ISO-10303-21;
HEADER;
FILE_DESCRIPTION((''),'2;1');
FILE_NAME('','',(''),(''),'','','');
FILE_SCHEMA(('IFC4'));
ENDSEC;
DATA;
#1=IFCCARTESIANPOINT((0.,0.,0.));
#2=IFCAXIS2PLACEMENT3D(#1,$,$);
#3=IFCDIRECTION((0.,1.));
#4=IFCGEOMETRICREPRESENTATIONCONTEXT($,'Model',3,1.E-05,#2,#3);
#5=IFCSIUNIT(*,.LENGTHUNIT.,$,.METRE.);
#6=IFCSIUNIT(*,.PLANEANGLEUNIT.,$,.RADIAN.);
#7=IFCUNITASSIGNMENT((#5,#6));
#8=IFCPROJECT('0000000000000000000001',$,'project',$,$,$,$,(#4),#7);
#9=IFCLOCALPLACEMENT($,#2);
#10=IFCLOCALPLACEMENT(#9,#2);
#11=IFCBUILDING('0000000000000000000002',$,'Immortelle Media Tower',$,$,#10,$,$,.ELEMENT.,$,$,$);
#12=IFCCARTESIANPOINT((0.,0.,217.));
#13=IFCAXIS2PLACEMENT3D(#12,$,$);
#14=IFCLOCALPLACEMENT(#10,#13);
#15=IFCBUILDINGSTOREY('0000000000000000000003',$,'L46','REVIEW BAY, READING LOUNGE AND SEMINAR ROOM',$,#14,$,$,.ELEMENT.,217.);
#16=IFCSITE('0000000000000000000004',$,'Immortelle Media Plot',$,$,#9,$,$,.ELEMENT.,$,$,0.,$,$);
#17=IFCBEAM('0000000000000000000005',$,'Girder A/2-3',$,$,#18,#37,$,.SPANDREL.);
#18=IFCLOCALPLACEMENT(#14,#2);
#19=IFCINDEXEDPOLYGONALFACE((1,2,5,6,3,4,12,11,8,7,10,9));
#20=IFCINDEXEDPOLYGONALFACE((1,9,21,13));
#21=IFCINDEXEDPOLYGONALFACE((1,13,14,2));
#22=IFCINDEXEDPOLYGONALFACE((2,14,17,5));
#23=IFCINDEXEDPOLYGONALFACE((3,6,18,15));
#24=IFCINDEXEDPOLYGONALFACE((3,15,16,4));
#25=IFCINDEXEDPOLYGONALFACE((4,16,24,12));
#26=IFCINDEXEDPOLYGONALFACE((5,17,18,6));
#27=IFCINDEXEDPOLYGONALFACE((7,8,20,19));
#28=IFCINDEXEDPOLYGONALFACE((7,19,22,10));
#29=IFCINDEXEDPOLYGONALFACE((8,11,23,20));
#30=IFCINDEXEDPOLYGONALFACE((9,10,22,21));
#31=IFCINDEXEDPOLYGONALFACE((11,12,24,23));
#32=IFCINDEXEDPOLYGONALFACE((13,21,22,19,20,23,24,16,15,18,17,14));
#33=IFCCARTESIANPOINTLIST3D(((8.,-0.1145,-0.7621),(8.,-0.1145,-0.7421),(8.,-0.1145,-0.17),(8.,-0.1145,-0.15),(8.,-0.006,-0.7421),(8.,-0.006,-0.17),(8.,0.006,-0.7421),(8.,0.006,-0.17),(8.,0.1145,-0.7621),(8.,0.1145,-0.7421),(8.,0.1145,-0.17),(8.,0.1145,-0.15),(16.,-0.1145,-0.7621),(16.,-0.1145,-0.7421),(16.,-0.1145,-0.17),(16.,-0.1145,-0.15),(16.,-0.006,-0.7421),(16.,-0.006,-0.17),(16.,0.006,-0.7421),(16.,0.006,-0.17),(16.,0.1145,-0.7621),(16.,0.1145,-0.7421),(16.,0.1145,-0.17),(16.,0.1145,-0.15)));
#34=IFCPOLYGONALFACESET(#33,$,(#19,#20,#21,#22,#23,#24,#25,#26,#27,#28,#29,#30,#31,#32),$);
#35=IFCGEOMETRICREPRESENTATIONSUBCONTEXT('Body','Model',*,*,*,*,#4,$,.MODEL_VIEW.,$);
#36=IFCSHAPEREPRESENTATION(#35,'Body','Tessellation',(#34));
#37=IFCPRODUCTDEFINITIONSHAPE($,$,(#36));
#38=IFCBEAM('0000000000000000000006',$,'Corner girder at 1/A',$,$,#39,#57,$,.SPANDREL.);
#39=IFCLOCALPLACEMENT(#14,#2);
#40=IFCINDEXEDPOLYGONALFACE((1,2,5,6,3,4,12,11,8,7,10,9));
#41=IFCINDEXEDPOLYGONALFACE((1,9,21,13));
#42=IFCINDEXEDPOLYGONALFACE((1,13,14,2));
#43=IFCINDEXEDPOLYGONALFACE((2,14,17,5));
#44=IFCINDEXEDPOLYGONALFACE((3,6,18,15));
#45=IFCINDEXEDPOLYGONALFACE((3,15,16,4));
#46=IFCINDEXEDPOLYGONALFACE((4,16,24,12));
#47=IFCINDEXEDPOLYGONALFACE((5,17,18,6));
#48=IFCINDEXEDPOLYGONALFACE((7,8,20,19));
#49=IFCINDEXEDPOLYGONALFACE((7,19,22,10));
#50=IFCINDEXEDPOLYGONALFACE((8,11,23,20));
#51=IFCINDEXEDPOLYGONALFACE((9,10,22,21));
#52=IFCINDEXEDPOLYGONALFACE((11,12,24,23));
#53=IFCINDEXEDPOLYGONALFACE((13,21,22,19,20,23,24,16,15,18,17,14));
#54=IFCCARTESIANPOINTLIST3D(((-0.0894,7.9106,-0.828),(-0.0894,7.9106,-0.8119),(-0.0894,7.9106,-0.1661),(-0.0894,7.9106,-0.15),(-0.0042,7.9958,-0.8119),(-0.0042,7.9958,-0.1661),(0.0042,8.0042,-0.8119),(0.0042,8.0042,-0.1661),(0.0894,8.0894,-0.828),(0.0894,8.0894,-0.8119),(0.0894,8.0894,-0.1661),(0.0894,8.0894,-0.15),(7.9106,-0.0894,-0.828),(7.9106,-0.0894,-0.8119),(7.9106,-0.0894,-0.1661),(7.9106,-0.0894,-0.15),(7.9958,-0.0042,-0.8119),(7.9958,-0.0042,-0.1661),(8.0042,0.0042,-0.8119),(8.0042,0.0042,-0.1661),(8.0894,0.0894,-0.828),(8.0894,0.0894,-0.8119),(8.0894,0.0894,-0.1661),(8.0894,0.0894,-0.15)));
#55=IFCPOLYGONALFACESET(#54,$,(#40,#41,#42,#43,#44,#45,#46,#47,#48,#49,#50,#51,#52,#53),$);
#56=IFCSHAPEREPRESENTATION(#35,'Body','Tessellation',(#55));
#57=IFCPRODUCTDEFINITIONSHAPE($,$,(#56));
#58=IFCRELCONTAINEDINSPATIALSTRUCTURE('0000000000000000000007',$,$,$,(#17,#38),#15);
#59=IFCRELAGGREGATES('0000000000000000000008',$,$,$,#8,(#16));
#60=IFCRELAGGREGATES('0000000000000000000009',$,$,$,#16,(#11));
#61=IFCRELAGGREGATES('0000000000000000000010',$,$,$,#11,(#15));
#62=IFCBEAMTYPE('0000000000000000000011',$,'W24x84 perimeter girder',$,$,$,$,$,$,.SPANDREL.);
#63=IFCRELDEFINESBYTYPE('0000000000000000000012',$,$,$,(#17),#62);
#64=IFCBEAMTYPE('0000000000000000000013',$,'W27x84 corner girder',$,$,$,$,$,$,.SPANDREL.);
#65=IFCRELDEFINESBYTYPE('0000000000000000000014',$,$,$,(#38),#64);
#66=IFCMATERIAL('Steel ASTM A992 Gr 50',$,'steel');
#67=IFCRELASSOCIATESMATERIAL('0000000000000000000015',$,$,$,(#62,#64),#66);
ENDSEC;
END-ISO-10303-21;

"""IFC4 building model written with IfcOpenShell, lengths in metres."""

from ifc_helpers import new_model, si_unit, direction, frame, origin, origin_2d, place, context, subcontext, project, spatial, i_section, extrude, material, material_profile, profile_set, type_object, element, save


model = new_model("IFC4")

# Units and contexts
model_context = context("Model", 3, precision=1e-05, world=origin(), true_north=direction((0.0, 1.0)))
body_context = subcontext(model_context, "Body", "Model", "MODEL_VIEW")
ifc_project = project(units=[si_unit("LENGTHUNIT", "METRE"), si_unit("PLANEANGLEUNIT", "RADIAN")], contexts=[model_context])

# Site, building, storey
site_placement = place(None, origin())
site = spatial("IfcSite", under=ifc_project, at=site_placement, Name="Immortelle Media Plot", CompositionType="ELEMENT", RefElevation=0.0)
building_placement = place(site_placement, origin())
building = spatial("IfcBuilding", under=site, at=building_placement, Name="Immortelle Media Tower", CompositionType="ELEMENT")
storey_placement = place(building_placement, frame((0.0, 0.0, 217.0)))
storey = spatial("IfcBuildingStorey", under=building, at=storey_placement, Name="L46", Description="REVIEW BAY, READING LOUNGE AND SEMINAR ROOM", CompositionType="ELEMENT", Elevation=217.0)

# Shared definitions
ifc_material_1 = material(Name="Steel ASTM A992 Gr 50", Category="steel")

# Beams
ifc_material_profile_1 = material_profile(ifc_material_1, i_section(OverallWidth=0.229, OverallDepth=0.6121, WebThickness=0.012, FlangeThickness=0.02, at=origin_2d()), Name="W24x84")
ifc_profile_set_1 = profile_set([ifc_material_profile_1], Name="Steel ASTM A992 Gr 50")
beam_type_1 = type_object("IfcBeamType", Name="W24x84 perimeter girder", PredefinedType="SPANDREL", material=ifc_profile_set_1)
beam_1_placement = place(storey_placement, frame((8.0, 0.0, -0.4561), z_axis=(1.0, 0.0, 0.0), x_axis=(0.0, 1.0, 0.0)))
element("IfcBeam", 1, at=beam_1_placement, inside=storey, type_object=beam_type_1, Name="Girder A/2-3", PredefinedType="SPANDREL", context=body_context, shape_type="SweptSolid", body=[
    extrude(i_section(OverallWidth=0.229, OverallDepth=0.6121, WebThickness=0.012, FlangeThickness=0.02, at=origin_2d()), origin(), (0.0, 0.0, 1.0), 8.0),
])
ifc_material_profile_2 = material_profile(ifc_material_1, i_section(OverallWidth=0.2529, OverallDepth=0.678, WebThickness=0.012, FlangeThickness=0.0161, at=origin_2d()), Name="W27x84")
ifc_profile_set_2 = profile_set([ifc_material_profile_2], Name="Steel ASTM A992 Gr 50")
beam_type_2 = type_object("IfcBeamType", Name="W27x84 corner girder", PredefinedType="SPANDREL", material=ifc_profile_set_2)
beam_2_placement = place(storey_placement, frame((8.0, 0.0, -0.489), z_axis=(-0.707107, 0.707107, 0.0), x_axis=(-0.707107, -0.707107, 0.0)))
element("IfcBeam", 2, at=beam_2_placement, inside=storey, type_object=beam_type_2, Name="Corner girder at 1/A", PredefinedType="SPANDREL", context=body_context, shape_type="SweptSolid", body=[
    extrude(i_section(OverallWidth=0.2529, OverallDepth=0.678, WebThickness=0.012, FlangeThickness=0.0161, at=origin_2d()), origin(), (0.0, 0.0, 1.0), 11.3137),
])

save(model, "model.ifc")
